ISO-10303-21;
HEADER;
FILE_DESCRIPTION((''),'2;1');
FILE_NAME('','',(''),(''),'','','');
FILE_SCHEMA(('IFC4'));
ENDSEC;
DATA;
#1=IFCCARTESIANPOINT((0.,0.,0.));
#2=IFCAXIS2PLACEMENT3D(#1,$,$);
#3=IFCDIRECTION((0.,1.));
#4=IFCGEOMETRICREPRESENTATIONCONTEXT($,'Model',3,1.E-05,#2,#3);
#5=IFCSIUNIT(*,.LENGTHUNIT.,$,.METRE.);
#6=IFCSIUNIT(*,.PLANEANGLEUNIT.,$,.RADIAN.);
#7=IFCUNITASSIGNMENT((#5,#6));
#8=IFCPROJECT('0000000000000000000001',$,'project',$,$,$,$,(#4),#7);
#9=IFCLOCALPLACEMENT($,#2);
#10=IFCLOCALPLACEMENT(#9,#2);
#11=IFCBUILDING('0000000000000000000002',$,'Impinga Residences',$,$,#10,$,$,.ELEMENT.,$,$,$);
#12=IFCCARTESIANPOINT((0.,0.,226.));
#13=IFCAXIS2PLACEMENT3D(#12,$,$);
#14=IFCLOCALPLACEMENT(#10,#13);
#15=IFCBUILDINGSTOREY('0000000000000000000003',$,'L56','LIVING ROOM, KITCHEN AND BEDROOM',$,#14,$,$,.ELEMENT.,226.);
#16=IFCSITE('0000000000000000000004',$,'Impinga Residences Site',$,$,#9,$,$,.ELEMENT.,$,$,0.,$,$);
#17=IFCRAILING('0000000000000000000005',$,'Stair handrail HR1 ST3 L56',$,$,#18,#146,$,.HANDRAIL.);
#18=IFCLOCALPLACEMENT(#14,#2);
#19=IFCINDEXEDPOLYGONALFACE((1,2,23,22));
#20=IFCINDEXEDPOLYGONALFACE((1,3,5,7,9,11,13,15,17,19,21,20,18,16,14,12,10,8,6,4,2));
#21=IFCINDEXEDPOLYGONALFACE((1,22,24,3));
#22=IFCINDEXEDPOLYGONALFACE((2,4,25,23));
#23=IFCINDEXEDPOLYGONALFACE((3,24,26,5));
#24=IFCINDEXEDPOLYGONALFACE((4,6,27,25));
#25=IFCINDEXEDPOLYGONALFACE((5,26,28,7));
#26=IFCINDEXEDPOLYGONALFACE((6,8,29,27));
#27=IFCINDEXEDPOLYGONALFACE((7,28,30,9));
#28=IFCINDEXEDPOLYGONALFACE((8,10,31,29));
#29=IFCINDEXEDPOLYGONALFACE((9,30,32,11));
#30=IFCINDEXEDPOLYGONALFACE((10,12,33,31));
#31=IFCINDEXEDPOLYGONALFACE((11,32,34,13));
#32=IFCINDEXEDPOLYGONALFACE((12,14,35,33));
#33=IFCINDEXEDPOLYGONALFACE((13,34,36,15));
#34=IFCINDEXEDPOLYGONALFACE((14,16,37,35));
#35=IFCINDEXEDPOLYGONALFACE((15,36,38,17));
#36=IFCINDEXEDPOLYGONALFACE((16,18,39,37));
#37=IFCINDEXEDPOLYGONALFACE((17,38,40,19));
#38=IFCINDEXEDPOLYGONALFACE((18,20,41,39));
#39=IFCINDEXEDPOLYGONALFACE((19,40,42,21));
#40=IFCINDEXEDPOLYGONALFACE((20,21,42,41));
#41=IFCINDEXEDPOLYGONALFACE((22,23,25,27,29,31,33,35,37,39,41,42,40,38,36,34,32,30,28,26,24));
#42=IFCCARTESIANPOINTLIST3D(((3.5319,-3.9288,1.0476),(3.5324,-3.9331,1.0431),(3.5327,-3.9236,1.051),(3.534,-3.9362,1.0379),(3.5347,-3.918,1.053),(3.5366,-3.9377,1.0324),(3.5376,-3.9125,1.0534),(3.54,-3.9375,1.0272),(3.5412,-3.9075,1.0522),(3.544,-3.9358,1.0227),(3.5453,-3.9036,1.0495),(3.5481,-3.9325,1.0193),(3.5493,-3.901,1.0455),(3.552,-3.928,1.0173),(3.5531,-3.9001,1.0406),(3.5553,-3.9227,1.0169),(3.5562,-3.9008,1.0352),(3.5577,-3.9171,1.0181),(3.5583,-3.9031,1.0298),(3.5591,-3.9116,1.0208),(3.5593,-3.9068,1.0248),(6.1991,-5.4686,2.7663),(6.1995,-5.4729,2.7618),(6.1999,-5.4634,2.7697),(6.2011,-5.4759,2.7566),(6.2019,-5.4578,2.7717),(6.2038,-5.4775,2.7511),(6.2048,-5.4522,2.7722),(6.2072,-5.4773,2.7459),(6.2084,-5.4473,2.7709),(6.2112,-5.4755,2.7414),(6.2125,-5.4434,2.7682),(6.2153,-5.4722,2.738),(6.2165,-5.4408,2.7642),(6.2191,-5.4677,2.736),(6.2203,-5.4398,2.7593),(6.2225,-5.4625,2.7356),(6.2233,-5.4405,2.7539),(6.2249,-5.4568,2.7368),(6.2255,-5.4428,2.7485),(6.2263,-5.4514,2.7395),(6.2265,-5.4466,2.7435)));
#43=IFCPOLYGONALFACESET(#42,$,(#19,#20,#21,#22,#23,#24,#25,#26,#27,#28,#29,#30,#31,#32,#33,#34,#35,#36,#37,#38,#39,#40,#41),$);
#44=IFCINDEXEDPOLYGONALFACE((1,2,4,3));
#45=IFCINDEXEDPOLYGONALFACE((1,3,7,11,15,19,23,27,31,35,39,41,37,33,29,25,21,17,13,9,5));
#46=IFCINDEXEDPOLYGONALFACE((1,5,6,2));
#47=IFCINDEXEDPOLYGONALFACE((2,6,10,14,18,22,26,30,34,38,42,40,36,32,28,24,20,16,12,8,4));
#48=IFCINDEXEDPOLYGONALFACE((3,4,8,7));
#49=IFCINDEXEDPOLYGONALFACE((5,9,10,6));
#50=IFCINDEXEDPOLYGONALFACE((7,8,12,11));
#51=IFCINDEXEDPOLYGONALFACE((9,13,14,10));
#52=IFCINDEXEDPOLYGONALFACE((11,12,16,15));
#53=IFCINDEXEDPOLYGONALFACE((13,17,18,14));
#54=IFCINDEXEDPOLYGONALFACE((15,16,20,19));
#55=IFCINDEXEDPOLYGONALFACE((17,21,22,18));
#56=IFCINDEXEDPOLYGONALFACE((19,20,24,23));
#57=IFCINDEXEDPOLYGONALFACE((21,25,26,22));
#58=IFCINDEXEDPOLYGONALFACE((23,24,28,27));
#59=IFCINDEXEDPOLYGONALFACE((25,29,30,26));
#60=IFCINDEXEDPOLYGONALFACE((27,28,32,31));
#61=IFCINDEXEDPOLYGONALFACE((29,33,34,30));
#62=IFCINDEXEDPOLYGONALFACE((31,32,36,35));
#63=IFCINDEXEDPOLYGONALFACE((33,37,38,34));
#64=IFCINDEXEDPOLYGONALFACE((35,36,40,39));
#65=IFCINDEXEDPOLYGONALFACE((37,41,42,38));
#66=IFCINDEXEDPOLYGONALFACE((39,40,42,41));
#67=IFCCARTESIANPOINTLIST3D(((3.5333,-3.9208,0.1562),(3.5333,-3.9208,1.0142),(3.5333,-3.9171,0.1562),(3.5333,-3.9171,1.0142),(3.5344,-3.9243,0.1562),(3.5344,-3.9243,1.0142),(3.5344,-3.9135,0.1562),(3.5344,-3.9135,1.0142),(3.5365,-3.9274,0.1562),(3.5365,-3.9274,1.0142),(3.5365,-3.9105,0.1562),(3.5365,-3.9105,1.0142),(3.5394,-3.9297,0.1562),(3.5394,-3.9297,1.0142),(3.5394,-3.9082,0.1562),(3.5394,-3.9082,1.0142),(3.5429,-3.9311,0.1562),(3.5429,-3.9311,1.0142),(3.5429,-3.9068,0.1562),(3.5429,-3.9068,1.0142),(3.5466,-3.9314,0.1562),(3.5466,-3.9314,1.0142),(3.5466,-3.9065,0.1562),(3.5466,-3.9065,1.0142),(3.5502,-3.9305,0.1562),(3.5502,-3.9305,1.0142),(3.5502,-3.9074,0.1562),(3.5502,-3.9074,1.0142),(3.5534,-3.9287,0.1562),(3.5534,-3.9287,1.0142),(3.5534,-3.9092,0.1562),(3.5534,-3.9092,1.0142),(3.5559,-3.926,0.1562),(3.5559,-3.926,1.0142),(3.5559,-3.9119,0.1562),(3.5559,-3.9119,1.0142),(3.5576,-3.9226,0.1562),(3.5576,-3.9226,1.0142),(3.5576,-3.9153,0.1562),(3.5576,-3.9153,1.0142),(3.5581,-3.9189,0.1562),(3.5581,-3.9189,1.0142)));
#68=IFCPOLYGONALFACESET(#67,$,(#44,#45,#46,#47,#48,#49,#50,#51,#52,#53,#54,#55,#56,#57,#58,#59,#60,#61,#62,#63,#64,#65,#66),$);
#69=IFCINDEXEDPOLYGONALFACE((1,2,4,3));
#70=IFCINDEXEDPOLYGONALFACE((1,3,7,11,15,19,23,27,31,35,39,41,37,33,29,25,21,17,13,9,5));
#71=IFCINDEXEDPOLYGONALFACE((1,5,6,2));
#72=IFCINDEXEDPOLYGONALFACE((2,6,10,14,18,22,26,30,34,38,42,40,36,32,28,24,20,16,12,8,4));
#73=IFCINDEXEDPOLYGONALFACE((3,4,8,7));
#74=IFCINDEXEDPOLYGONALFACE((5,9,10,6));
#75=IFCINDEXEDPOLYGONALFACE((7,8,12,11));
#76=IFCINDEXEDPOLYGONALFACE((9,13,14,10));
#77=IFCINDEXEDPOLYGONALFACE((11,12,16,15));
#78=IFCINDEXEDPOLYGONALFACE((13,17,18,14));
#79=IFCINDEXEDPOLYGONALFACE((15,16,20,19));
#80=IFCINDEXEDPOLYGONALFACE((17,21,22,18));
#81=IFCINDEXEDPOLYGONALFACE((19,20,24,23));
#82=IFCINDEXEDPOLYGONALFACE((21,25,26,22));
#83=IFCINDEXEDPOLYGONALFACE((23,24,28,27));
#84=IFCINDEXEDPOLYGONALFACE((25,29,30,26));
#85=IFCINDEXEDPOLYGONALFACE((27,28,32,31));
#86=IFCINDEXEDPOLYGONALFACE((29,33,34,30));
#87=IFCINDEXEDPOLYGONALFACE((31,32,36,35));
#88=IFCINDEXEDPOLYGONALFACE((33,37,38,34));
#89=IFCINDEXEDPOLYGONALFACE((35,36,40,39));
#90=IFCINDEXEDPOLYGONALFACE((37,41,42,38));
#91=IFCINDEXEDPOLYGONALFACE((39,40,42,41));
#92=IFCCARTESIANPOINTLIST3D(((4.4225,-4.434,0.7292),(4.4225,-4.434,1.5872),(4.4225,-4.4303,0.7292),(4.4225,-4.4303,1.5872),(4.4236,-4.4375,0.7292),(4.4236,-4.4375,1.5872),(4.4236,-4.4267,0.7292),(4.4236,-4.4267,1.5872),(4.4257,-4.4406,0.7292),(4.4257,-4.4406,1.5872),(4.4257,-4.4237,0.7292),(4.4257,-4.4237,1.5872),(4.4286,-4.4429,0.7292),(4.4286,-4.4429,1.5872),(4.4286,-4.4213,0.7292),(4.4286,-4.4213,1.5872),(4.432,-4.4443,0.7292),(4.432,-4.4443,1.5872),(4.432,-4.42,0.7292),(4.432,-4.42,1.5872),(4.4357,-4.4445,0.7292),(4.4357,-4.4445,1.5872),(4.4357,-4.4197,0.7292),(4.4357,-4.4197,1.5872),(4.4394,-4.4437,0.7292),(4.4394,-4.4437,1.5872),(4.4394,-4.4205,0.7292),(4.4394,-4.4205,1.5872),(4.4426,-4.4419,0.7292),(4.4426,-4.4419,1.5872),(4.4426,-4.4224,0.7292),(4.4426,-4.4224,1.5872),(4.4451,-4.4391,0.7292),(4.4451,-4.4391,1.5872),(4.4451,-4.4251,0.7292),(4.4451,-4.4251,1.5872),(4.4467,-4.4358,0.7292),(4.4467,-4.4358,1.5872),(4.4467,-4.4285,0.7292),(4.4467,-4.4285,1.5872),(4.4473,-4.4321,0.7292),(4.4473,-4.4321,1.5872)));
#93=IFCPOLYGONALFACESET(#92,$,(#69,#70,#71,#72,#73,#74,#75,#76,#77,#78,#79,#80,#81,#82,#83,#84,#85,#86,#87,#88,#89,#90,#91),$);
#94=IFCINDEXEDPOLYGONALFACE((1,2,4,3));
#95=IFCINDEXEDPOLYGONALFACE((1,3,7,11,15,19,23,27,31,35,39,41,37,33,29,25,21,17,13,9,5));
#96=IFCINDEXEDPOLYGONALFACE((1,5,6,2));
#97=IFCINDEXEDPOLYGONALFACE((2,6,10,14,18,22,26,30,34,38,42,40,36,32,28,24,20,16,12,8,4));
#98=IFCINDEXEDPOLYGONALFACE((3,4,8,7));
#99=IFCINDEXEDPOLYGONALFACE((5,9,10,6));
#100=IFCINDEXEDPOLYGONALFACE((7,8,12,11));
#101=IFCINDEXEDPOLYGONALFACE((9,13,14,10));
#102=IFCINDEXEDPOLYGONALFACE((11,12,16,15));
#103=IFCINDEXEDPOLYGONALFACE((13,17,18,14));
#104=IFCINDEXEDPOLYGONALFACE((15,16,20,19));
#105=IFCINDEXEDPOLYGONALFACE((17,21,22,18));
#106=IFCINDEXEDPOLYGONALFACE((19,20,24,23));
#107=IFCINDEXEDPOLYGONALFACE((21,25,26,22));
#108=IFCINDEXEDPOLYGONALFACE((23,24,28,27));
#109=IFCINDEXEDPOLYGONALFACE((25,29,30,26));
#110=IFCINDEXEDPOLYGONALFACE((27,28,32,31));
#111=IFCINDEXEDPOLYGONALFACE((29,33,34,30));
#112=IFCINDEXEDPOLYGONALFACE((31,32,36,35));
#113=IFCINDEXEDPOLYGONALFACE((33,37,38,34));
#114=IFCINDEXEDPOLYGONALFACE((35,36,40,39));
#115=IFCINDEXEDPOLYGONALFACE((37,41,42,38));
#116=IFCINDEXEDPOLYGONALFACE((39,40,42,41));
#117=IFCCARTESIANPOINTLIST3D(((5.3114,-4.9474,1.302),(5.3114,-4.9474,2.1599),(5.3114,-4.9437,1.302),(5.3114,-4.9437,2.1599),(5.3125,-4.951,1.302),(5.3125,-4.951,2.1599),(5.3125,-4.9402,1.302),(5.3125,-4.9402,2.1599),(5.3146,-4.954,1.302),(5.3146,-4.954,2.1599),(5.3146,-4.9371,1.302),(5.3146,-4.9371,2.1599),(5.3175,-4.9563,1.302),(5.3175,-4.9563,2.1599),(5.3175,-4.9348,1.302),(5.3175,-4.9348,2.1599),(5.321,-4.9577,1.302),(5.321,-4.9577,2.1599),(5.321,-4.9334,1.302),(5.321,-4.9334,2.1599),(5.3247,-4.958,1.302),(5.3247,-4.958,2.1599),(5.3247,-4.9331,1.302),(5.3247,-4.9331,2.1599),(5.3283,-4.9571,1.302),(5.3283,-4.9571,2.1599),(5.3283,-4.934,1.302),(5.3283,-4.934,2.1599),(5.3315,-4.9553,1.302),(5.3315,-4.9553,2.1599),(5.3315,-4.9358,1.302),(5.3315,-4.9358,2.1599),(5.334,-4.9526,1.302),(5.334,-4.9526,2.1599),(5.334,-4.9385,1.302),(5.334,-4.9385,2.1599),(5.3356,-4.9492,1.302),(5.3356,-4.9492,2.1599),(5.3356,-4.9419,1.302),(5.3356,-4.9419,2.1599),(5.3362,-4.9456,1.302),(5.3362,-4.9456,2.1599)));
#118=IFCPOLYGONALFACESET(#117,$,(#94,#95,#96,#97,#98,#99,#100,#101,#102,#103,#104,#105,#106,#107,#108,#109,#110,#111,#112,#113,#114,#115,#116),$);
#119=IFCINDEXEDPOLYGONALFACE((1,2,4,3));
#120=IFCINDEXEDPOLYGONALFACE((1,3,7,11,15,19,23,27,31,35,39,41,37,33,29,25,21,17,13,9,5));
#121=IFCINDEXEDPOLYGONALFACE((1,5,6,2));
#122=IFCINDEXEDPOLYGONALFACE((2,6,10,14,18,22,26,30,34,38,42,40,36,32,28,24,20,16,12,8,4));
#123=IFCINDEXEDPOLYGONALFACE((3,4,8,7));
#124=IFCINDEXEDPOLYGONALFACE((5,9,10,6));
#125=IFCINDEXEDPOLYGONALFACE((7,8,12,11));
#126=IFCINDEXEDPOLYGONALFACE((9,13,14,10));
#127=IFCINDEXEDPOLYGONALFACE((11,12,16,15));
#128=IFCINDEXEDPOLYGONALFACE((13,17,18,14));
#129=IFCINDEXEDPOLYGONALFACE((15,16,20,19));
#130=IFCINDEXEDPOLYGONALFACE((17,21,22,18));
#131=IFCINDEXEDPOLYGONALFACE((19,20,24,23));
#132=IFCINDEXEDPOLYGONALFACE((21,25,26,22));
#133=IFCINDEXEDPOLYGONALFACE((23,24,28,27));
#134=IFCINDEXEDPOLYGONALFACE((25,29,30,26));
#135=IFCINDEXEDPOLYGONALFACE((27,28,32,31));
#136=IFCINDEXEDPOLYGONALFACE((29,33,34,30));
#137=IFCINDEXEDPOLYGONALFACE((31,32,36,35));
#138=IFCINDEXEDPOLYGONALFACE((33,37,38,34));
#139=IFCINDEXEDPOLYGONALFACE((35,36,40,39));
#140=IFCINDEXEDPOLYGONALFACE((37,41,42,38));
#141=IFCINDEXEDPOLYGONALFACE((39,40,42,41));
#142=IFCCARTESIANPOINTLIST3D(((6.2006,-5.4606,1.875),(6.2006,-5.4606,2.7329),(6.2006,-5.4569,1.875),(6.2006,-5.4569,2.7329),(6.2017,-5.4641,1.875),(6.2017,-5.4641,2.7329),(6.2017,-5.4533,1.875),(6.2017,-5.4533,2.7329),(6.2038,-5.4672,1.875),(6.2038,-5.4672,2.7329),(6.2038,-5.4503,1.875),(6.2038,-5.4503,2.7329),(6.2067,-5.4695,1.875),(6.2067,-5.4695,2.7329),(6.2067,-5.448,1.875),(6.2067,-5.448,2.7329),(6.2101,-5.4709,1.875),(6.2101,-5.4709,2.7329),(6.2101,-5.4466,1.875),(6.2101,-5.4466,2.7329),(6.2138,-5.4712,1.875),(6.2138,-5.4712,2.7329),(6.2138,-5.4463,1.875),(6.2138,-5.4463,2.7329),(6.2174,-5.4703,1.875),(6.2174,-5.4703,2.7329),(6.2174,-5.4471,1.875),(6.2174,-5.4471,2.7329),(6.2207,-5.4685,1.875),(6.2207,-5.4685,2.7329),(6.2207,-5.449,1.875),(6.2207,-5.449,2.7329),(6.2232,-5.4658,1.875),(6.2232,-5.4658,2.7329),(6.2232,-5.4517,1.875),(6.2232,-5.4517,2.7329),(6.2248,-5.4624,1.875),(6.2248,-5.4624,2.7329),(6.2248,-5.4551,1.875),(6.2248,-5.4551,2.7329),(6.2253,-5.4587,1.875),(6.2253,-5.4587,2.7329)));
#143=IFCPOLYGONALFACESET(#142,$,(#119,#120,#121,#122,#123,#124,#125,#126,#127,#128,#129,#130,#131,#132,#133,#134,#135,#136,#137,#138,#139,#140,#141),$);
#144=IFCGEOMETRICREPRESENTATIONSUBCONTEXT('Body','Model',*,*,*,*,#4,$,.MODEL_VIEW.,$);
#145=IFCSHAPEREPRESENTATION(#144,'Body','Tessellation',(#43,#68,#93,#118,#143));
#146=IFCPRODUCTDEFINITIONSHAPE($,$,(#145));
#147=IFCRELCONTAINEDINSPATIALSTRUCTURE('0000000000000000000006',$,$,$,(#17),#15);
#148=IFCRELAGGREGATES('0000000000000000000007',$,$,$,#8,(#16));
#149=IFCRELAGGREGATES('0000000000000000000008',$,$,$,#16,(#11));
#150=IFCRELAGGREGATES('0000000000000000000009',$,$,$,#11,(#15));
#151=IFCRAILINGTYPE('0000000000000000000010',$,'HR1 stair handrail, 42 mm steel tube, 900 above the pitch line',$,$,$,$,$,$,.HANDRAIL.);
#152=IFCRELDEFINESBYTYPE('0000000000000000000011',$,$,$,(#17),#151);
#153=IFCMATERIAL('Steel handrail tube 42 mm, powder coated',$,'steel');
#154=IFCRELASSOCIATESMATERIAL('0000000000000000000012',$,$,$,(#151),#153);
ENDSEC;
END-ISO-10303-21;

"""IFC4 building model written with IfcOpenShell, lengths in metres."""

from ifc_helpers import new_model, si_unit, direction, frame, origin, origin_2d, place, context, subcontext, project, spatial, circle, extrude, material, type_object, element, save


model = new_model("IFC4")

# Units and contexts
model_context = context("Model", 3, precision=1e-05, world=origin(), true_north=direction((0.0, 1.0)))
body_context = subcontext(model_context, "Body", "Model", "MODEL_VIEW")
ifc_project = project(units=[si_unit("LENGTHUNIT", "METRE"), si_unit("PLANEANGLEUNIT", "RADIAN")], contexts=[model_context])

# Site, building, storey
site_placement = place(None, origin())
site = spatial("IfcSite", under=ifc_project, at=site_placement, Name="Impinga Residences Site", CompositionType="ELEMENT", RefElevation=0.0)
building_placement = place(site_placement, origin())
building = spatial("IfcBuilding", under=site, at=building_placement, Name="Impinga Residences", CompositionType="ELEMENT")
storey_placement = place(building_placement, frame((0.0, 0.0, 226.0)))
storey = spatial("IfcBuildingStorey", under=building, at=storey_placement, Name="L56", Description="LIVING ROOM, KITCHEN AND BEDROOM", CompositionType="ELEMENT", Elevation=226.0)

# Railing
ifc_material_1 = material(Name="Steel handrail tube 42 mm, powder coated", Category="steel")
railing_type = type_object("IfcRailingType", Name="HR1 stair handrail, 42 mm steel tube, 900 above the pitch line", PredefinedType="HANDRAIL", material=ifc_material_1)
railing_1_placement = place(storey_placement, frame((3.5457, -3.9189, 0.1562)))
element("IfcRailing", 1, at=railing_1_placement, inside=storey, type_object=railing_type, Name="Stair handrail HR1 ST3 L56", PredefinedType="HANDRAIL", context=body_context, shape_type="SweptSolid", body=[
    extrude(circle(Radius=0.021, at=origin_2d()), frame((0.0, 0.0, 0.8789), z_axis=(0.756249, -0.436582, 0.487322), x_axis=(0.499967, 0.866044, 0.0)), (0.0, 0.0, 1.0), 3.5269),
    extrude(circle(Radius=0.0125, at=origin_2d()), origin(), (0.0, 0.0, 1.0), 0.8579),
    extrude(circle(Radius=0.0125, at=origin_2d()), frame((0.8892, -0.5132, 0.573)), (0.0, 0.0, 1.0), 0.8579),
    extrude(circle(Radius=0.0125, at=origin_2d()), frame((1.7781, -1.0266, 1.1458)), (0.0, 0.0, 1.0), 0.8579),
    extrude(circle(Radius=0.0125, at=origin_2d()), frame((2.6672, -1.5398, 1.7188)), (0.0, 0.0, 1.0), 0.8579),
])

save(model, "model.ifc")
